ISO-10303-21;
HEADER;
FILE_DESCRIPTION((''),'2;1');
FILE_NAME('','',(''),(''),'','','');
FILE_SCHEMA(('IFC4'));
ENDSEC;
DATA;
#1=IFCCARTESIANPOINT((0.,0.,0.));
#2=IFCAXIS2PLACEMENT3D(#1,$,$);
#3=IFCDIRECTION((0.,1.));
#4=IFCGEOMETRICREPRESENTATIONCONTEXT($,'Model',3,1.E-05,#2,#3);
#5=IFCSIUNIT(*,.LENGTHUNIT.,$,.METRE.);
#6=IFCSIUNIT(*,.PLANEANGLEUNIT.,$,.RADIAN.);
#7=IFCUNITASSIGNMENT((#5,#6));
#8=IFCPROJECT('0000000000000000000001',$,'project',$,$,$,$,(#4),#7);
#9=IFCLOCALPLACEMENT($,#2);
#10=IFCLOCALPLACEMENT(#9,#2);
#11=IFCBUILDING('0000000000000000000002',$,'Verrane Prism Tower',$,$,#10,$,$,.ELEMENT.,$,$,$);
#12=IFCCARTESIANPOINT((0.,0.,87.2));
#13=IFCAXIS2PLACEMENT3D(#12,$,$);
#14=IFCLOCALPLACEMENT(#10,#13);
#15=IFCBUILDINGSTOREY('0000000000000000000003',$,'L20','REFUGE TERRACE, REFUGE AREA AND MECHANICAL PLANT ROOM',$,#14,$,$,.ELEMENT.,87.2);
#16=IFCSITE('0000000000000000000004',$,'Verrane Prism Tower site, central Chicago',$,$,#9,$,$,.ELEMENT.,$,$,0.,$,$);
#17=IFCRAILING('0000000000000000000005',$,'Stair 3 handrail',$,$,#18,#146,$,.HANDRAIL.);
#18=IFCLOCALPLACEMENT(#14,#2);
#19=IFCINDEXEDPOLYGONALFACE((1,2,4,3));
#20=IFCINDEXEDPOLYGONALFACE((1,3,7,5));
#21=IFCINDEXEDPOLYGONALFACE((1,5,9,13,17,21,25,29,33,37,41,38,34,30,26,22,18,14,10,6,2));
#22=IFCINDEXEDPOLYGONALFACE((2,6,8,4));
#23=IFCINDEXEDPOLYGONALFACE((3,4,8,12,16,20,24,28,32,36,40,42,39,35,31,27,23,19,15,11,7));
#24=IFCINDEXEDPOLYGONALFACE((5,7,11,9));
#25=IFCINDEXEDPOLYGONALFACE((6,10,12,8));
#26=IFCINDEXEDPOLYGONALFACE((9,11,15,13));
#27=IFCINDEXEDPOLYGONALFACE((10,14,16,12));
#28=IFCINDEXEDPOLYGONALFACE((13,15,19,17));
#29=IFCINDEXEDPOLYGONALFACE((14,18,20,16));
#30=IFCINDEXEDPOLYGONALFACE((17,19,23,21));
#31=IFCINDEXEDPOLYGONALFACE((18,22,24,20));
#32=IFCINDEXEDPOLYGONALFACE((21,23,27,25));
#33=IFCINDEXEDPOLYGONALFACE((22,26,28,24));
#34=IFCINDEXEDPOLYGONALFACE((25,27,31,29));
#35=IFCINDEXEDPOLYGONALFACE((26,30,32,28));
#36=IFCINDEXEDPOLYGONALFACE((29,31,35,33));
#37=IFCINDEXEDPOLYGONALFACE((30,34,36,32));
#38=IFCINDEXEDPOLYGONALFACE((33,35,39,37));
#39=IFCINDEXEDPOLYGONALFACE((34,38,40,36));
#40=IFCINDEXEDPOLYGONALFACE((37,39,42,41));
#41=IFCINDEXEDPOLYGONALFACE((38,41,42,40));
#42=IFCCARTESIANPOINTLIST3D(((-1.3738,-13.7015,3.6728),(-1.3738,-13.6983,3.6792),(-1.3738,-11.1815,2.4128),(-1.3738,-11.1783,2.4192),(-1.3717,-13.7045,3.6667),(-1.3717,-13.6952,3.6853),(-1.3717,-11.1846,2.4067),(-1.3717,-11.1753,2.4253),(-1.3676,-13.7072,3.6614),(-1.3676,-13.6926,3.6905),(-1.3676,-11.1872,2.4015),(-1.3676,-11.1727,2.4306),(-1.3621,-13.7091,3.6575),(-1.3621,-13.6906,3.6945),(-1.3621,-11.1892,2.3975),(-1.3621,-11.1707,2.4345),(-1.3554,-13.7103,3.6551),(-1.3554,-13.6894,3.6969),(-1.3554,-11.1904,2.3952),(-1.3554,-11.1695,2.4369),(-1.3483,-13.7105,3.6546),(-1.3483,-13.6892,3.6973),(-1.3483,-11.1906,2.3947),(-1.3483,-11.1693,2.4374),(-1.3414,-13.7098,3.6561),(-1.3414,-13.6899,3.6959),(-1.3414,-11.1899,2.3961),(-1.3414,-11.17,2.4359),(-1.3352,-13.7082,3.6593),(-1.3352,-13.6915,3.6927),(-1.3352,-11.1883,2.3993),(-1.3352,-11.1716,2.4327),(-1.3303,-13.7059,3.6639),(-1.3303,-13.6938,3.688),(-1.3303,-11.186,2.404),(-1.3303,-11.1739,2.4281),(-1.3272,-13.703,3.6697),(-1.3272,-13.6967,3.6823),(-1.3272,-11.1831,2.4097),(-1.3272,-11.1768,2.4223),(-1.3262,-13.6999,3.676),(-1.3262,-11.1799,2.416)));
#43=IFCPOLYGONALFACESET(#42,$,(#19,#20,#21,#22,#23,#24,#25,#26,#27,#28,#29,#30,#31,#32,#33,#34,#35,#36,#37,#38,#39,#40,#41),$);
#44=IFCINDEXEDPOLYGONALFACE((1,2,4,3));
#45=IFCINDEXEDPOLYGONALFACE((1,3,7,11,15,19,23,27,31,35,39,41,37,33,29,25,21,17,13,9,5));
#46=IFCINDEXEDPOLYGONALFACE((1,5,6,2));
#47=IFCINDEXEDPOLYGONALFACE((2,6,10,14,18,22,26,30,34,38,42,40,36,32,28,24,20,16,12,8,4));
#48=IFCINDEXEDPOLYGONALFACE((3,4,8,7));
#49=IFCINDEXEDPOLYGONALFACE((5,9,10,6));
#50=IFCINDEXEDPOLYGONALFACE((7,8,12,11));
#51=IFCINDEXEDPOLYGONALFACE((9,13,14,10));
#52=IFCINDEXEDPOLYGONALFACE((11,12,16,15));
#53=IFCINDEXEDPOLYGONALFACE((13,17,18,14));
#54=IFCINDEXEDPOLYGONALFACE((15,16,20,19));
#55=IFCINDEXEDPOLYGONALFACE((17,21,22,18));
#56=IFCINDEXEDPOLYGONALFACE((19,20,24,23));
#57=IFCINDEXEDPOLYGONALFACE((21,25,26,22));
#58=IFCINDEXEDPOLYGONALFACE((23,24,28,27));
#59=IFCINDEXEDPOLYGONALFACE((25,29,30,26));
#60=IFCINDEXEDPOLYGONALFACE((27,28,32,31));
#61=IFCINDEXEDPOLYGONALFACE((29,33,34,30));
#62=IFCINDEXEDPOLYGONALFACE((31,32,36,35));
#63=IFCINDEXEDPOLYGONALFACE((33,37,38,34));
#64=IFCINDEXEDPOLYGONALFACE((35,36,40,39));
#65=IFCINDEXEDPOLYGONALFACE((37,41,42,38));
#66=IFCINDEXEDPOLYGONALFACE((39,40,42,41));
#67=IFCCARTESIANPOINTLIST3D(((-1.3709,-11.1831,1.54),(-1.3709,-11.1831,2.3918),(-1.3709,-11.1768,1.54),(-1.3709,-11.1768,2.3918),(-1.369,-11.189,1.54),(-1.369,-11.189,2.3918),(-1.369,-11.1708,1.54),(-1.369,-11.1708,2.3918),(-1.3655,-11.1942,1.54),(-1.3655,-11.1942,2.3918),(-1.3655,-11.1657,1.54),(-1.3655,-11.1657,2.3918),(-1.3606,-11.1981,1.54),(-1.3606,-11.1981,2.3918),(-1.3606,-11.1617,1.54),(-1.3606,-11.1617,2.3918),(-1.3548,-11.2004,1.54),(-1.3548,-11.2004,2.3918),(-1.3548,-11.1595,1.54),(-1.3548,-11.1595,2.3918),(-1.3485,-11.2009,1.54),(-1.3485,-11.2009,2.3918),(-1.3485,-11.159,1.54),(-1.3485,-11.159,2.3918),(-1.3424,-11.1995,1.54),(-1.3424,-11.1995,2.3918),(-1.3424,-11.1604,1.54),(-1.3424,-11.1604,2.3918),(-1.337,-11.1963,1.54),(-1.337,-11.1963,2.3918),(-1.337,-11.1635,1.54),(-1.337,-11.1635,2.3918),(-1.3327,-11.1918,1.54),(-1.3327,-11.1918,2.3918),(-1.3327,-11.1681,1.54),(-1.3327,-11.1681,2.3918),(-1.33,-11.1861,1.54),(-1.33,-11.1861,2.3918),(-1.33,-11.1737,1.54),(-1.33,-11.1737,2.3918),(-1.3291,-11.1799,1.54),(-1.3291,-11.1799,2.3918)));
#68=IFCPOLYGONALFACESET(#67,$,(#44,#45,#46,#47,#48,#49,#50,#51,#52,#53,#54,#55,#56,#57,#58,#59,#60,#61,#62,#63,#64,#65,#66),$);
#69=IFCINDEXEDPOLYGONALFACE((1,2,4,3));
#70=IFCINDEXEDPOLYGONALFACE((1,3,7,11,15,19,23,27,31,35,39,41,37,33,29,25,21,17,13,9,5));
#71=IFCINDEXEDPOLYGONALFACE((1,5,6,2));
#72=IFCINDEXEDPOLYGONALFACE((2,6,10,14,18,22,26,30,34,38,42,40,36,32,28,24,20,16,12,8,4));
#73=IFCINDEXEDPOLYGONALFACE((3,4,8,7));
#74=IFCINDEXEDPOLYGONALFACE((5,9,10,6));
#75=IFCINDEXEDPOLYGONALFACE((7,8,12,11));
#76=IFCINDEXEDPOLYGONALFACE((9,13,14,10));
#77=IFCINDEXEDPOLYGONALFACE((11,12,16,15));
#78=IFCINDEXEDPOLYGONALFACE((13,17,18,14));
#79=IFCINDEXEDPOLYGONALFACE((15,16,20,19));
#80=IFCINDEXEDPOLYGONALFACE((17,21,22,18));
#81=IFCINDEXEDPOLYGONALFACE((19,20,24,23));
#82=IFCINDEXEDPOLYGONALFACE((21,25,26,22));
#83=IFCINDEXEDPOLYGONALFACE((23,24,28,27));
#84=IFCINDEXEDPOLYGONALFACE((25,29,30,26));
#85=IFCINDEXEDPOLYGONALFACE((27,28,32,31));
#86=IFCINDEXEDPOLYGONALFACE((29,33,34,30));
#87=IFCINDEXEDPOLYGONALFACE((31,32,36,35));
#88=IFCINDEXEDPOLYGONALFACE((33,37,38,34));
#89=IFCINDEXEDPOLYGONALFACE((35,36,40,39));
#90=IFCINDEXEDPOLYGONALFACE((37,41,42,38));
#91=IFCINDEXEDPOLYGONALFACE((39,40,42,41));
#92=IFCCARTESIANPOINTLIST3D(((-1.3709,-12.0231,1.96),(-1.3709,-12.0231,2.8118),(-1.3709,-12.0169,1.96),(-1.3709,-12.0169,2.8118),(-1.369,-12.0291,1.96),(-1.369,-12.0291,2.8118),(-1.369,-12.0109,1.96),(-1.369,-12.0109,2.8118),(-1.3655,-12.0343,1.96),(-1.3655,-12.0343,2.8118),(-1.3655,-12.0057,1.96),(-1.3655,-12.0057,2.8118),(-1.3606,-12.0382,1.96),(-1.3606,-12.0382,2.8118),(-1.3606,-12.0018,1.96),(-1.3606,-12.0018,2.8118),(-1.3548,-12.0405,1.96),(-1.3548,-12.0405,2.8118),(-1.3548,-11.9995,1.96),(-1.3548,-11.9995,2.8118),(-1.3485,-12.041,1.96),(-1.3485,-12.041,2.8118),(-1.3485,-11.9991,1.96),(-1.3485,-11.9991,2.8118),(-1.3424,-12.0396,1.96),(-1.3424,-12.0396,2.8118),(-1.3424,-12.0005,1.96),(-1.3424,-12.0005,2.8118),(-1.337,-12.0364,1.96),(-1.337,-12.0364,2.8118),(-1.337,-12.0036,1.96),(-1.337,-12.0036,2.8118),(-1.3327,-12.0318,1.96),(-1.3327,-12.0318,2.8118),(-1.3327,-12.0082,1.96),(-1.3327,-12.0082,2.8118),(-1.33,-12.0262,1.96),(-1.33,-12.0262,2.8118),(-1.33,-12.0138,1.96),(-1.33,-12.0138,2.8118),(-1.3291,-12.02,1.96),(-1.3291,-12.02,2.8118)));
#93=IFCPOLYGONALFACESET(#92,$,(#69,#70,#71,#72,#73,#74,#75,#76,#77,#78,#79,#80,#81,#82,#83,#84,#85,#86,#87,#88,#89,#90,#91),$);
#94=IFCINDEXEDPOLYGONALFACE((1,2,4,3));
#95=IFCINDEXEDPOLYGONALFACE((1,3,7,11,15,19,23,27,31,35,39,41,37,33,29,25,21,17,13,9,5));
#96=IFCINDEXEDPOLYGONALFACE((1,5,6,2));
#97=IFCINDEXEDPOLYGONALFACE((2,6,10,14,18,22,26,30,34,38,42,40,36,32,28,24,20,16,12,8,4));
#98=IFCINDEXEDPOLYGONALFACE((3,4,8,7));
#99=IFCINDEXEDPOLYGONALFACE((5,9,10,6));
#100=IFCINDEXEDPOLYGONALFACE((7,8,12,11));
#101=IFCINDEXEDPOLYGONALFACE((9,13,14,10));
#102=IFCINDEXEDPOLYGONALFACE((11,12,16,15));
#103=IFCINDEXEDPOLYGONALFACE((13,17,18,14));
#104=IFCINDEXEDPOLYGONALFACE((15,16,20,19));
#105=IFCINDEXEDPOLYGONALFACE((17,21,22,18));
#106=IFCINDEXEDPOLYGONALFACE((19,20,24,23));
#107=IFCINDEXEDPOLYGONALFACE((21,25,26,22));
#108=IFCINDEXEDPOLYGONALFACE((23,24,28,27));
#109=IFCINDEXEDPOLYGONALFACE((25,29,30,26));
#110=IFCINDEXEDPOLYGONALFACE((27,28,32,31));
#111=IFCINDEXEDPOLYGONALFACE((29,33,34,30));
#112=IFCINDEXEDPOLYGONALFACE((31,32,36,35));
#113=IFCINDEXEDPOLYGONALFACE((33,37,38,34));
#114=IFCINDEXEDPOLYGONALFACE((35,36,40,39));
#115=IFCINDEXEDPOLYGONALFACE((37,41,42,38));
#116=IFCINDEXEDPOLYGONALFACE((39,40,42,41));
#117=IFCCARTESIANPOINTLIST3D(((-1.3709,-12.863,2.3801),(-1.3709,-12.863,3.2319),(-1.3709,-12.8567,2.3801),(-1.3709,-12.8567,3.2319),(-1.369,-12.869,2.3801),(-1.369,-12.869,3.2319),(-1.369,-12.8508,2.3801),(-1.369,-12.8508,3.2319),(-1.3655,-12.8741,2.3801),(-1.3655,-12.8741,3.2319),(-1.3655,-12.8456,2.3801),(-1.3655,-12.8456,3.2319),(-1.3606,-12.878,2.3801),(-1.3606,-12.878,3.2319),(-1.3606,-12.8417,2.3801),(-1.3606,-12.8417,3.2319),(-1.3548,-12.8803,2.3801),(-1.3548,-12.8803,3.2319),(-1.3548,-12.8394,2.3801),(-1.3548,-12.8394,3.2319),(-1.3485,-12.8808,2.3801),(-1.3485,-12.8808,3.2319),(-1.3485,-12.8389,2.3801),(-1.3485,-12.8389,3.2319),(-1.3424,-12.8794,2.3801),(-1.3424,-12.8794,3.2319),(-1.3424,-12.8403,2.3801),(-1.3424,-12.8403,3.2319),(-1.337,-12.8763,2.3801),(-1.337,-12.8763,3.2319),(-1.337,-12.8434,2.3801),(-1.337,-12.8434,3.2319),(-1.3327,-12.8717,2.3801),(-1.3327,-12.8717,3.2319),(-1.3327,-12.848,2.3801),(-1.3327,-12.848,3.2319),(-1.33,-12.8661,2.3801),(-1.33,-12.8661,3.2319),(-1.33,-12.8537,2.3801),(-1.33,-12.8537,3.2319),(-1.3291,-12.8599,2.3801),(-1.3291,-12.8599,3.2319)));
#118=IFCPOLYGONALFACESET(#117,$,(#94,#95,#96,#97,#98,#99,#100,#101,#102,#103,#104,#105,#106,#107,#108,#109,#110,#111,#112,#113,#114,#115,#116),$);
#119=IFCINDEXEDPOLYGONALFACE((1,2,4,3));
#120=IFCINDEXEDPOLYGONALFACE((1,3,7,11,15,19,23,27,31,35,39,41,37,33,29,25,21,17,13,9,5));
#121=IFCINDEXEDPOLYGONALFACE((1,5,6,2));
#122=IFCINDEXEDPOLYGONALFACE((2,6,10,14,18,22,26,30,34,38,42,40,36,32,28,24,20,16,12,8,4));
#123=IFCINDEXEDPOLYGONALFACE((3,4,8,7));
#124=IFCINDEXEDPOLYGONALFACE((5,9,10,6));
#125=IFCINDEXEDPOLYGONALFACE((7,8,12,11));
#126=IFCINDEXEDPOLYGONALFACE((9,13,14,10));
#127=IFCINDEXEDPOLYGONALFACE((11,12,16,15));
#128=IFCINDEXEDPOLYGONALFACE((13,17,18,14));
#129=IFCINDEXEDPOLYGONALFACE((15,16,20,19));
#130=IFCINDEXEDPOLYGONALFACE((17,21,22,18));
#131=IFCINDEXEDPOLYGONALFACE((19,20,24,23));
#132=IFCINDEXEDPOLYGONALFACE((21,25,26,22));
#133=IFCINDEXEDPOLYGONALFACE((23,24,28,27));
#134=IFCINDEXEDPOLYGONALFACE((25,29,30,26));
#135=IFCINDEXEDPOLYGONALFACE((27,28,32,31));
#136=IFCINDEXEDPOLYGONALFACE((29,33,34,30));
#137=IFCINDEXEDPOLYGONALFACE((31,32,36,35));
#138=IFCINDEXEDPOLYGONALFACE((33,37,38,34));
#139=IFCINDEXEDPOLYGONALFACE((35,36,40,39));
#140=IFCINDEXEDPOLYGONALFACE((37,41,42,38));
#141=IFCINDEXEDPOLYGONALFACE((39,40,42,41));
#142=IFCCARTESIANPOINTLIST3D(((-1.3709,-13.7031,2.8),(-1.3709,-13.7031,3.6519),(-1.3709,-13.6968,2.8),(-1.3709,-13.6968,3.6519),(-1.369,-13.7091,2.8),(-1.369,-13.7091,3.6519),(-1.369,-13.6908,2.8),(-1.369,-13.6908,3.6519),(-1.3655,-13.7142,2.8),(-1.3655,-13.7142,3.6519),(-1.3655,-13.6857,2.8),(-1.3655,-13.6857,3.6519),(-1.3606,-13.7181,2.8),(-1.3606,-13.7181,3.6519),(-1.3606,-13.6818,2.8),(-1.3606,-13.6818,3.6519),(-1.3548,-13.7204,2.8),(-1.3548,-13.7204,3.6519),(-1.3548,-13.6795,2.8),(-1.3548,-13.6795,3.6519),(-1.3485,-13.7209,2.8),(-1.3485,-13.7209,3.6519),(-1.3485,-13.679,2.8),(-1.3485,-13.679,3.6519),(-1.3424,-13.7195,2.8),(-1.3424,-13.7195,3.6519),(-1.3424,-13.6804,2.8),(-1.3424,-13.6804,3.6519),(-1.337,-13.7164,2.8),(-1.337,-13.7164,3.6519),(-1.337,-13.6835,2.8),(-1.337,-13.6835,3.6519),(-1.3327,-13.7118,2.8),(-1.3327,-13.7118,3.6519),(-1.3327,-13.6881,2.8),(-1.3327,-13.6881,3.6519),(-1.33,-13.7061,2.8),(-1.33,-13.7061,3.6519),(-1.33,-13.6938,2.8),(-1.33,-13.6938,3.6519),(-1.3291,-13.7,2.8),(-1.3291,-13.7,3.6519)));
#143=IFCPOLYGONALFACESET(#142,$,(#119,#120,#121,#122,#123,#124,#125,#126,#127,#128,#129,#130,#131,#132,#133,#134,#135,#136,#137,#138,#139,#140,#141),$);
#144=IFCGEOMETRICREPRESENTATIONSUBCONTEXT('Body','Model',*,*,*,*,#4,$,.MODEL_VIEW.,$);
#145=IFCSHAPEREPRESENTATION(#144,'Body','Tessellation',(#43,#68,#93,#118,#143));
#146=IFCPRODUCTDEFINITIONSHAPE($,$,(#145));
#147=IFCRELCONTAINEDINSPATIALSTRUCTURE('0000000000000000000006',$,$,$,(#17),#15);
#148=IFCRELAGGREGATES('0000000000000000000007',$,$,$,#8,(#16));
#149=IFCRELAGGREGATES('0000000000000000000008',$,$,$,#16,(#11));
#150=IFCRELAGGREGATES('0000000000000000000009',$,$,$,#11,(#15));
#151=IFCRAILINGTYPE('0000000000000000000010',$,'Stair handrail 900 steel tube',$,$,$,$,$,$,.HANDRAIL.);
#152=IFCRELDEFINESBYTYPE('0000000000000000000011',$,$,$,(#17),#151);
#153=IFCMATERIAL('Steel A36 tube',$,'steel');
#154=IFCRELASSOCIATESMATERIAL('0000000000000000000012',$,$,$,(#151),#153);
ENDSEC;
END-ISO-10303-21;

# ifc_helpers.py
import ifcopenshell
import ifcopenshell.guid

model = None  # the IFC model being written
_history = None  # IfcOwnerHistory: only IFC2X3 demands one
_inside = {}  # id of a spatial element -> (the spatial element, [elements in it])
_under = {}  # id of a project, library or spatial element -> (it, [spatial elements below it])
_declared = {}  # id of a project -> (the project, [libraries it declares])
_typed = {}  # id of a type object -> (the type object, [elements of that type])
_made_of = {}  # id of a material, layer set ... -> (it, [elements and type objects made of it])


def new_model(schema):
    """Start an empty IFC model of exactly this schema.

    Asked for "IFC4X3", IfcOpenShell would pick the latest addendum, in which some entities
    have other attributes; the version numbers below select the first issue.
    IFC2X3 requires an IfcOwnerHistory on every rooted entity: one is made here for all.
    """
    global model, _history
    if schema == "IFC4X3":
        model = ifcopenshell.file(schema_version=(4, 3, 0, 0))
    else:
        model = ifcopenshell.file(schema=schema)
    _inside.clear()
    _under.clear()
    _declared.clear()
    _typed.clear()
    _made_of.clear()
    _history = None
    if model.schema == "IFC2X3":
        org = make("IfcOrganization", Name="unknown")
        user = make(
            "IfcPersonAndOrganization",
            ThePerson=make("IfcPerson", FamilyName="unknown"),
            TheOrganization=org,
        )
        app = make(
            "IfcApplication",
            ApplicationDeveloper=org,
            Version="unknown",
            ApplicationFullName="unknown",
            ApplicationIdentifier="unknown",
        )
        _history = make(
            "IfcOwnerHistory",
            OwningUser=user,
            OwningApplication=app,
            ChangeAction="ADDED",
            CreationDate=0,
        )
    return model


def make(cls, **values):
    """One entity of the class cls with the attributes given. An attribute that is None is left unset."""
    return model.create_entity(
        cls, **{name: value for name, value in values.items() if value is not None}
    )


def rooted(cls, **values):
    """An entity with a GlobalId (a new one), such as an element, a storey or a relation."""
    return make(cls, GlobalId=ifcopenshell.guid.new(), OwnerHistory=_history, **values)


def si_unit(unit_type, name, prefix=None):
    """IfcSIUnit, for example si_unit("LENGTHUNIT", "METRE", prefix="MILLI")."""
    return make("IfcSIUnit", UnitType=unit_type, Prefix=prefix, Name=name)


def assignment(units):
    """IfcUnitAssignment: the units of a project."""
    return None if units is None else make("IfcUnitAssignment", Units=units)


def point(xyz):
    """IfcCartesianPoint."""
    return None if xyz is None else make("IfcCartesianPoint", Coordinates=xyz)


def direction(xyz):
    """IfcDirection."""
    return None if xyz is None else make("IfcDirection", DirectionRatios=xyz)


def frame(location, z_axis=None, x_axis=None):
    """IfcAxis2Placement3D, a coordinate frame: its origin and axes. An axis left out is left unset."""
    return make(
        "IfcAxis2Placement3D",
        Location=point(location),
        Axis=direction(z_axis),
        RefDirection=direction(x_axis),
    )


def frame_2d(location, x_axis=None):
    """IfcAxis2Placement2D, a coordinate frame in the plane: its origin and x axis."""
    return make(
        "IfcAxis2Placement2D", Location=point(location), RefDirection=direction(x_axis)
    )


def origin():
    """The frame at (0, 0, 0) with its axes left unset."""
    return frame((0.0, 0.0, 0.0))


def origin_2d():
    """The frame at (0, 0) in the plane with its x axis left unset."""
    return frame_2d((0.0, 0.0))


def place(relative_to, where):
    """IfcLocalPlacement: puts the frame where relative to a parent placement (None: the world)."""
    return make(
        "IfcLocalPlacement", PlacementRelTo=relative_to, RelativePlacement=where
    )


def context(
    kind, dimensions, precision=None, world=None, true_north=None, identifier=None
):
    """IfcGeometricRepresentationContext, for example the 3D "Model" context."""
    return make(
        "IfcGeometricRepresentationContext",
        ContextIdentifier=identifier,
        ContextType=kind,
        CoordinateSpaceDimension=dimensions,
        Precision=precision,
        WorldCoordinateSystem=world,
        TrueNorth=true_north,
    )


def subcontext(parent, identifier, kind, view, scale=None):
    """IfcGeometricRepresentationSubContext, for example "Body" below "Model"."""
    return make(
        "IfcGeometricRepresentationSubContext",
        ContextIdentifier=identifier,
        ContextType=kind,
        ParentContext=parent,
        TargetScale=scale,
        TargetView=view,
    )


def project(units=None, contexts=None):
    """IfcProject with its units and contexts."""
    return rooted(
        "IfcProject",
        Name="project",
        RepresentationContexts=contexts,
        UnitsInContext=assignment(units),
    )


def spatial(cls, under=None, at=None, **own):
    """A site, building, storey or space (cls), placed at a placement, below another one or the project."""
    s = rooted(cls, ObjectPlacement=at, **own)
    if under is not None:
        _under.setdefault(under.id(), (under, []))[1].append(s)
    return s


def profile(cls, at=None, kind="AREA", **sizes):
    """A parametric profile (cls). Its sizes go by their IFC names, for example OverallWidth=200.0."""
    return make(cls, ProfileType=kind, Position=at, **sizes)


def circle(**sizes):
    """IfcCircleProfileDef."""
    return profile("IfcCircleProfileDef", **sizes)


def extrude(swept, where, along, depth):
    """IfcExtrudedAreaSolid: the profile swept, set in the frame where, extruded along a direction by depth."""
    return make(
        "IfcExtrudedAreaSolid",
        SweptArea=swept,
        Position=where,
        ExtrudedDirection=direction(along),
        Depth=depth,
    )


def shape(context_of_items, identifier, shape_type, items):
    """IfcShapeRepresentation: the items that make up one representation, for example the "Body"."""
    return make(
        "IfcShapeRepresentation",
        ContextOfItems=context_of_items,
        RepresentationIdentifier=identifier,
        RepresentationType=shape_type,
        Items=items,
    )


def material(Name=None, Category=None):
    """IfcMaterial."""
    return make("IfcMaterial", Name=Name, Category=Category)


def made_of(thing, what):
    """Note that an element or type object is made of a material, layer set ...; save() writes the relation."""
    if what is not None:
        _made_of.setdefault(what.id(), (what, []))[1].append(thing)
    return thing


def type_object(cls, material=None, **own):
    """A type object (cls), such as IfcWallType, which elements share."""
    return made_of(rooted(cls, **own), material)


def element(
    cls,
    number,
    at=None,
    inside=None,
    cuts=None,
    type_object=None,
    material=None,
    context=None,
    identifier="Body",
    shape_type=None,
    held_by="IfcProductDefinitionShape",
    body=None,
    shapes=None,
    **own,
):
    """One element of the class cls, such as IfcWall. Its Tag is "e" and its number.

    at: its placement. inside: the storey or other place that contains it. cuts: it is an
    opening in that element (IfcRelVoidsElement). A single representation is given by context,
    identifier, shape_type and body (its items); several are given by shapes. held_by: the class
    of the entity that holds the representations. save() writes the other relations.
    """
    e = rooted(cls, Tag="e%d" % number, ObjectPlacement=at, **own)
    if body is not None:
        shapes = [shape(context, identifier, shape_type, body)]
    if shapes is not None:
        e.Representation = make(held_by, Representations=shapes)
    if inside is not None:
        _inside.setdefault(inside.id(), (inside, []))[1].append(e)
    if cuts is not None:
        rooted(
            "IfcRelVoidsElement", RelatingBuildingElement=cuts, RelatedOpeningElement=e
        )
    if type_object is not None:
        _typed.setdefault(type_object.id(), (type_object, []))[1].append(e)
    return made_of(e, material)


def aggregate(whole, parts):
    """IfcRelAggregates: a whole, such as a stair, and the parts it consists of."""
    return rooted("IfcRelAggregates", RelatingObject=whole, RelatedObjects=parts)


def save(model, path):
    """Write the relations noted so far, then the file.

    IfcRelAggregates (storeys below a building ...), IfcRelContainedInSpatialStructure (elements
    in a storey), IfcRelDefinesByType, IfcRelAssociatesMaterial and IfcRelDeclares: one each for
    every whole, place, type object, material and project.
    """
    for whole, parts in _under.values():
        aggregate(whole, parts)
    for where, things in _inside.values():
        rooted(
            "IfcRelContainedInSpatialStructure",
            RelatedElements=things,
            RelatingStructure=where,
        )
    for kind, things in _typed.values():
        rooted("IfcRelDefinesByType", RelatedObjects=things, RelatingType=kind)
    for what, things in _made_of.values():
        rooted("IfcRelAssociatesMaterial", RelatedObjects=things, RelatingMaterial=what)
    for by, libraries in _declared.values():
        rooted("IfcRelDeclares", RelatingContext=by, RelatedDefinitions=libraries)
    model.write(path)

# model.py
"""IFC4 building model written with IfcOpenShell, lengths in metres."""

from ifc_helpers import new_model, si_unit, direction, frame, origin, origin_2d, place, context, subcontext, project, spatial, circle, extrude, material, type_object, element, save


model = new_model("IFC4")

# Units and contexts
model_context = context("Model", 3, precision=1e-05, world=origin(), true_north=direction((0.0, 1.0)))
body_context = subcontext(model_context, "Body", "Model", "MODEL_VIEW")
ifc_project = project(units=[si_unit("LENGTHUNIT", "METRE"), si_unit("PLANEANGLEUNIT", "RADIAN")], contexts=[model_context])

# Site, building, storey
site_placement = place(None, origin())
site = spatial("IfcSite", under=ifc_project, at=site_placement, Name="Verrane Prism Tower site, central Chicago", CompositionType="ELEMENT", RefElevation=0.0)
building_placement = place(site_placement, origin())
building = spatial("IfcBuilding", under=site, at=building_placement, Name="Verrane Prism Tower", CompositionType="ELEMENT")
storey_placement = place(building_placement, frame((0.0, 0.0, 87.2)))
storey = spatial("IfcBuildingStorey", under=building, at=storey_placement, Name="L20", Description="REFUGE TERRACE, REFUGE AREA AND MECHANICAL PLANT ROOM", CompositionType="ELEMENT", Elevation=87.2)

# Railing
ifc_material_1 = material(Name="Steel A36 tube", Category="steel")
railing_type = type_object("IfcRailingType", Name="Stair handrail 900 steel tube", PredefinedType="HANDRAIL", material=ifc_material_1)
for number, where, name in (
    (1, (-1.3501, -11.1799, 1.54), "Stair 3 handrail"),
):
    element("IfcRailing", number, at=place(storey_placement, frame(where)), inside=storey, type_object=railing_type, Name=name, PredefinedType="HANDRAIL", context=body_context, shape_type="SweptSolid", body=[
        extrude(circle(Radius=0.0239, at=origin_2d()), frame((0.0, 0.0, 0.876), z_axis=(0.0, -0.894427, 0.447214), x_axis=(1.0, 0.0, 0.0)), (0.0, 0.0, 1.0), 2.8174),
        extrude(circle(Radius=0.021, at=origin_2d()), origin(), (0.0, 0.0, 1.0), 0.8518),
        extrude(circle(Radius=0.021, at=origin_2d()), frame((0.0, -0.8401, 0.4199)), (0.0, 0.0, 1.0), 0.8518),
        extrude(circle(Radius=0.021, at=origin_2d()), frame((0.0, -1.6799, 0.8401)), (0.0, 0.0, 1.0), 0.8518),
        extrude(circle(Radius=0.021, at=origin_2d()), frame((0.0, -2.52, 1.26)), (0.0, 0.0, 1.0), 0.8518),
    ])

save(model, "model.ifc")
